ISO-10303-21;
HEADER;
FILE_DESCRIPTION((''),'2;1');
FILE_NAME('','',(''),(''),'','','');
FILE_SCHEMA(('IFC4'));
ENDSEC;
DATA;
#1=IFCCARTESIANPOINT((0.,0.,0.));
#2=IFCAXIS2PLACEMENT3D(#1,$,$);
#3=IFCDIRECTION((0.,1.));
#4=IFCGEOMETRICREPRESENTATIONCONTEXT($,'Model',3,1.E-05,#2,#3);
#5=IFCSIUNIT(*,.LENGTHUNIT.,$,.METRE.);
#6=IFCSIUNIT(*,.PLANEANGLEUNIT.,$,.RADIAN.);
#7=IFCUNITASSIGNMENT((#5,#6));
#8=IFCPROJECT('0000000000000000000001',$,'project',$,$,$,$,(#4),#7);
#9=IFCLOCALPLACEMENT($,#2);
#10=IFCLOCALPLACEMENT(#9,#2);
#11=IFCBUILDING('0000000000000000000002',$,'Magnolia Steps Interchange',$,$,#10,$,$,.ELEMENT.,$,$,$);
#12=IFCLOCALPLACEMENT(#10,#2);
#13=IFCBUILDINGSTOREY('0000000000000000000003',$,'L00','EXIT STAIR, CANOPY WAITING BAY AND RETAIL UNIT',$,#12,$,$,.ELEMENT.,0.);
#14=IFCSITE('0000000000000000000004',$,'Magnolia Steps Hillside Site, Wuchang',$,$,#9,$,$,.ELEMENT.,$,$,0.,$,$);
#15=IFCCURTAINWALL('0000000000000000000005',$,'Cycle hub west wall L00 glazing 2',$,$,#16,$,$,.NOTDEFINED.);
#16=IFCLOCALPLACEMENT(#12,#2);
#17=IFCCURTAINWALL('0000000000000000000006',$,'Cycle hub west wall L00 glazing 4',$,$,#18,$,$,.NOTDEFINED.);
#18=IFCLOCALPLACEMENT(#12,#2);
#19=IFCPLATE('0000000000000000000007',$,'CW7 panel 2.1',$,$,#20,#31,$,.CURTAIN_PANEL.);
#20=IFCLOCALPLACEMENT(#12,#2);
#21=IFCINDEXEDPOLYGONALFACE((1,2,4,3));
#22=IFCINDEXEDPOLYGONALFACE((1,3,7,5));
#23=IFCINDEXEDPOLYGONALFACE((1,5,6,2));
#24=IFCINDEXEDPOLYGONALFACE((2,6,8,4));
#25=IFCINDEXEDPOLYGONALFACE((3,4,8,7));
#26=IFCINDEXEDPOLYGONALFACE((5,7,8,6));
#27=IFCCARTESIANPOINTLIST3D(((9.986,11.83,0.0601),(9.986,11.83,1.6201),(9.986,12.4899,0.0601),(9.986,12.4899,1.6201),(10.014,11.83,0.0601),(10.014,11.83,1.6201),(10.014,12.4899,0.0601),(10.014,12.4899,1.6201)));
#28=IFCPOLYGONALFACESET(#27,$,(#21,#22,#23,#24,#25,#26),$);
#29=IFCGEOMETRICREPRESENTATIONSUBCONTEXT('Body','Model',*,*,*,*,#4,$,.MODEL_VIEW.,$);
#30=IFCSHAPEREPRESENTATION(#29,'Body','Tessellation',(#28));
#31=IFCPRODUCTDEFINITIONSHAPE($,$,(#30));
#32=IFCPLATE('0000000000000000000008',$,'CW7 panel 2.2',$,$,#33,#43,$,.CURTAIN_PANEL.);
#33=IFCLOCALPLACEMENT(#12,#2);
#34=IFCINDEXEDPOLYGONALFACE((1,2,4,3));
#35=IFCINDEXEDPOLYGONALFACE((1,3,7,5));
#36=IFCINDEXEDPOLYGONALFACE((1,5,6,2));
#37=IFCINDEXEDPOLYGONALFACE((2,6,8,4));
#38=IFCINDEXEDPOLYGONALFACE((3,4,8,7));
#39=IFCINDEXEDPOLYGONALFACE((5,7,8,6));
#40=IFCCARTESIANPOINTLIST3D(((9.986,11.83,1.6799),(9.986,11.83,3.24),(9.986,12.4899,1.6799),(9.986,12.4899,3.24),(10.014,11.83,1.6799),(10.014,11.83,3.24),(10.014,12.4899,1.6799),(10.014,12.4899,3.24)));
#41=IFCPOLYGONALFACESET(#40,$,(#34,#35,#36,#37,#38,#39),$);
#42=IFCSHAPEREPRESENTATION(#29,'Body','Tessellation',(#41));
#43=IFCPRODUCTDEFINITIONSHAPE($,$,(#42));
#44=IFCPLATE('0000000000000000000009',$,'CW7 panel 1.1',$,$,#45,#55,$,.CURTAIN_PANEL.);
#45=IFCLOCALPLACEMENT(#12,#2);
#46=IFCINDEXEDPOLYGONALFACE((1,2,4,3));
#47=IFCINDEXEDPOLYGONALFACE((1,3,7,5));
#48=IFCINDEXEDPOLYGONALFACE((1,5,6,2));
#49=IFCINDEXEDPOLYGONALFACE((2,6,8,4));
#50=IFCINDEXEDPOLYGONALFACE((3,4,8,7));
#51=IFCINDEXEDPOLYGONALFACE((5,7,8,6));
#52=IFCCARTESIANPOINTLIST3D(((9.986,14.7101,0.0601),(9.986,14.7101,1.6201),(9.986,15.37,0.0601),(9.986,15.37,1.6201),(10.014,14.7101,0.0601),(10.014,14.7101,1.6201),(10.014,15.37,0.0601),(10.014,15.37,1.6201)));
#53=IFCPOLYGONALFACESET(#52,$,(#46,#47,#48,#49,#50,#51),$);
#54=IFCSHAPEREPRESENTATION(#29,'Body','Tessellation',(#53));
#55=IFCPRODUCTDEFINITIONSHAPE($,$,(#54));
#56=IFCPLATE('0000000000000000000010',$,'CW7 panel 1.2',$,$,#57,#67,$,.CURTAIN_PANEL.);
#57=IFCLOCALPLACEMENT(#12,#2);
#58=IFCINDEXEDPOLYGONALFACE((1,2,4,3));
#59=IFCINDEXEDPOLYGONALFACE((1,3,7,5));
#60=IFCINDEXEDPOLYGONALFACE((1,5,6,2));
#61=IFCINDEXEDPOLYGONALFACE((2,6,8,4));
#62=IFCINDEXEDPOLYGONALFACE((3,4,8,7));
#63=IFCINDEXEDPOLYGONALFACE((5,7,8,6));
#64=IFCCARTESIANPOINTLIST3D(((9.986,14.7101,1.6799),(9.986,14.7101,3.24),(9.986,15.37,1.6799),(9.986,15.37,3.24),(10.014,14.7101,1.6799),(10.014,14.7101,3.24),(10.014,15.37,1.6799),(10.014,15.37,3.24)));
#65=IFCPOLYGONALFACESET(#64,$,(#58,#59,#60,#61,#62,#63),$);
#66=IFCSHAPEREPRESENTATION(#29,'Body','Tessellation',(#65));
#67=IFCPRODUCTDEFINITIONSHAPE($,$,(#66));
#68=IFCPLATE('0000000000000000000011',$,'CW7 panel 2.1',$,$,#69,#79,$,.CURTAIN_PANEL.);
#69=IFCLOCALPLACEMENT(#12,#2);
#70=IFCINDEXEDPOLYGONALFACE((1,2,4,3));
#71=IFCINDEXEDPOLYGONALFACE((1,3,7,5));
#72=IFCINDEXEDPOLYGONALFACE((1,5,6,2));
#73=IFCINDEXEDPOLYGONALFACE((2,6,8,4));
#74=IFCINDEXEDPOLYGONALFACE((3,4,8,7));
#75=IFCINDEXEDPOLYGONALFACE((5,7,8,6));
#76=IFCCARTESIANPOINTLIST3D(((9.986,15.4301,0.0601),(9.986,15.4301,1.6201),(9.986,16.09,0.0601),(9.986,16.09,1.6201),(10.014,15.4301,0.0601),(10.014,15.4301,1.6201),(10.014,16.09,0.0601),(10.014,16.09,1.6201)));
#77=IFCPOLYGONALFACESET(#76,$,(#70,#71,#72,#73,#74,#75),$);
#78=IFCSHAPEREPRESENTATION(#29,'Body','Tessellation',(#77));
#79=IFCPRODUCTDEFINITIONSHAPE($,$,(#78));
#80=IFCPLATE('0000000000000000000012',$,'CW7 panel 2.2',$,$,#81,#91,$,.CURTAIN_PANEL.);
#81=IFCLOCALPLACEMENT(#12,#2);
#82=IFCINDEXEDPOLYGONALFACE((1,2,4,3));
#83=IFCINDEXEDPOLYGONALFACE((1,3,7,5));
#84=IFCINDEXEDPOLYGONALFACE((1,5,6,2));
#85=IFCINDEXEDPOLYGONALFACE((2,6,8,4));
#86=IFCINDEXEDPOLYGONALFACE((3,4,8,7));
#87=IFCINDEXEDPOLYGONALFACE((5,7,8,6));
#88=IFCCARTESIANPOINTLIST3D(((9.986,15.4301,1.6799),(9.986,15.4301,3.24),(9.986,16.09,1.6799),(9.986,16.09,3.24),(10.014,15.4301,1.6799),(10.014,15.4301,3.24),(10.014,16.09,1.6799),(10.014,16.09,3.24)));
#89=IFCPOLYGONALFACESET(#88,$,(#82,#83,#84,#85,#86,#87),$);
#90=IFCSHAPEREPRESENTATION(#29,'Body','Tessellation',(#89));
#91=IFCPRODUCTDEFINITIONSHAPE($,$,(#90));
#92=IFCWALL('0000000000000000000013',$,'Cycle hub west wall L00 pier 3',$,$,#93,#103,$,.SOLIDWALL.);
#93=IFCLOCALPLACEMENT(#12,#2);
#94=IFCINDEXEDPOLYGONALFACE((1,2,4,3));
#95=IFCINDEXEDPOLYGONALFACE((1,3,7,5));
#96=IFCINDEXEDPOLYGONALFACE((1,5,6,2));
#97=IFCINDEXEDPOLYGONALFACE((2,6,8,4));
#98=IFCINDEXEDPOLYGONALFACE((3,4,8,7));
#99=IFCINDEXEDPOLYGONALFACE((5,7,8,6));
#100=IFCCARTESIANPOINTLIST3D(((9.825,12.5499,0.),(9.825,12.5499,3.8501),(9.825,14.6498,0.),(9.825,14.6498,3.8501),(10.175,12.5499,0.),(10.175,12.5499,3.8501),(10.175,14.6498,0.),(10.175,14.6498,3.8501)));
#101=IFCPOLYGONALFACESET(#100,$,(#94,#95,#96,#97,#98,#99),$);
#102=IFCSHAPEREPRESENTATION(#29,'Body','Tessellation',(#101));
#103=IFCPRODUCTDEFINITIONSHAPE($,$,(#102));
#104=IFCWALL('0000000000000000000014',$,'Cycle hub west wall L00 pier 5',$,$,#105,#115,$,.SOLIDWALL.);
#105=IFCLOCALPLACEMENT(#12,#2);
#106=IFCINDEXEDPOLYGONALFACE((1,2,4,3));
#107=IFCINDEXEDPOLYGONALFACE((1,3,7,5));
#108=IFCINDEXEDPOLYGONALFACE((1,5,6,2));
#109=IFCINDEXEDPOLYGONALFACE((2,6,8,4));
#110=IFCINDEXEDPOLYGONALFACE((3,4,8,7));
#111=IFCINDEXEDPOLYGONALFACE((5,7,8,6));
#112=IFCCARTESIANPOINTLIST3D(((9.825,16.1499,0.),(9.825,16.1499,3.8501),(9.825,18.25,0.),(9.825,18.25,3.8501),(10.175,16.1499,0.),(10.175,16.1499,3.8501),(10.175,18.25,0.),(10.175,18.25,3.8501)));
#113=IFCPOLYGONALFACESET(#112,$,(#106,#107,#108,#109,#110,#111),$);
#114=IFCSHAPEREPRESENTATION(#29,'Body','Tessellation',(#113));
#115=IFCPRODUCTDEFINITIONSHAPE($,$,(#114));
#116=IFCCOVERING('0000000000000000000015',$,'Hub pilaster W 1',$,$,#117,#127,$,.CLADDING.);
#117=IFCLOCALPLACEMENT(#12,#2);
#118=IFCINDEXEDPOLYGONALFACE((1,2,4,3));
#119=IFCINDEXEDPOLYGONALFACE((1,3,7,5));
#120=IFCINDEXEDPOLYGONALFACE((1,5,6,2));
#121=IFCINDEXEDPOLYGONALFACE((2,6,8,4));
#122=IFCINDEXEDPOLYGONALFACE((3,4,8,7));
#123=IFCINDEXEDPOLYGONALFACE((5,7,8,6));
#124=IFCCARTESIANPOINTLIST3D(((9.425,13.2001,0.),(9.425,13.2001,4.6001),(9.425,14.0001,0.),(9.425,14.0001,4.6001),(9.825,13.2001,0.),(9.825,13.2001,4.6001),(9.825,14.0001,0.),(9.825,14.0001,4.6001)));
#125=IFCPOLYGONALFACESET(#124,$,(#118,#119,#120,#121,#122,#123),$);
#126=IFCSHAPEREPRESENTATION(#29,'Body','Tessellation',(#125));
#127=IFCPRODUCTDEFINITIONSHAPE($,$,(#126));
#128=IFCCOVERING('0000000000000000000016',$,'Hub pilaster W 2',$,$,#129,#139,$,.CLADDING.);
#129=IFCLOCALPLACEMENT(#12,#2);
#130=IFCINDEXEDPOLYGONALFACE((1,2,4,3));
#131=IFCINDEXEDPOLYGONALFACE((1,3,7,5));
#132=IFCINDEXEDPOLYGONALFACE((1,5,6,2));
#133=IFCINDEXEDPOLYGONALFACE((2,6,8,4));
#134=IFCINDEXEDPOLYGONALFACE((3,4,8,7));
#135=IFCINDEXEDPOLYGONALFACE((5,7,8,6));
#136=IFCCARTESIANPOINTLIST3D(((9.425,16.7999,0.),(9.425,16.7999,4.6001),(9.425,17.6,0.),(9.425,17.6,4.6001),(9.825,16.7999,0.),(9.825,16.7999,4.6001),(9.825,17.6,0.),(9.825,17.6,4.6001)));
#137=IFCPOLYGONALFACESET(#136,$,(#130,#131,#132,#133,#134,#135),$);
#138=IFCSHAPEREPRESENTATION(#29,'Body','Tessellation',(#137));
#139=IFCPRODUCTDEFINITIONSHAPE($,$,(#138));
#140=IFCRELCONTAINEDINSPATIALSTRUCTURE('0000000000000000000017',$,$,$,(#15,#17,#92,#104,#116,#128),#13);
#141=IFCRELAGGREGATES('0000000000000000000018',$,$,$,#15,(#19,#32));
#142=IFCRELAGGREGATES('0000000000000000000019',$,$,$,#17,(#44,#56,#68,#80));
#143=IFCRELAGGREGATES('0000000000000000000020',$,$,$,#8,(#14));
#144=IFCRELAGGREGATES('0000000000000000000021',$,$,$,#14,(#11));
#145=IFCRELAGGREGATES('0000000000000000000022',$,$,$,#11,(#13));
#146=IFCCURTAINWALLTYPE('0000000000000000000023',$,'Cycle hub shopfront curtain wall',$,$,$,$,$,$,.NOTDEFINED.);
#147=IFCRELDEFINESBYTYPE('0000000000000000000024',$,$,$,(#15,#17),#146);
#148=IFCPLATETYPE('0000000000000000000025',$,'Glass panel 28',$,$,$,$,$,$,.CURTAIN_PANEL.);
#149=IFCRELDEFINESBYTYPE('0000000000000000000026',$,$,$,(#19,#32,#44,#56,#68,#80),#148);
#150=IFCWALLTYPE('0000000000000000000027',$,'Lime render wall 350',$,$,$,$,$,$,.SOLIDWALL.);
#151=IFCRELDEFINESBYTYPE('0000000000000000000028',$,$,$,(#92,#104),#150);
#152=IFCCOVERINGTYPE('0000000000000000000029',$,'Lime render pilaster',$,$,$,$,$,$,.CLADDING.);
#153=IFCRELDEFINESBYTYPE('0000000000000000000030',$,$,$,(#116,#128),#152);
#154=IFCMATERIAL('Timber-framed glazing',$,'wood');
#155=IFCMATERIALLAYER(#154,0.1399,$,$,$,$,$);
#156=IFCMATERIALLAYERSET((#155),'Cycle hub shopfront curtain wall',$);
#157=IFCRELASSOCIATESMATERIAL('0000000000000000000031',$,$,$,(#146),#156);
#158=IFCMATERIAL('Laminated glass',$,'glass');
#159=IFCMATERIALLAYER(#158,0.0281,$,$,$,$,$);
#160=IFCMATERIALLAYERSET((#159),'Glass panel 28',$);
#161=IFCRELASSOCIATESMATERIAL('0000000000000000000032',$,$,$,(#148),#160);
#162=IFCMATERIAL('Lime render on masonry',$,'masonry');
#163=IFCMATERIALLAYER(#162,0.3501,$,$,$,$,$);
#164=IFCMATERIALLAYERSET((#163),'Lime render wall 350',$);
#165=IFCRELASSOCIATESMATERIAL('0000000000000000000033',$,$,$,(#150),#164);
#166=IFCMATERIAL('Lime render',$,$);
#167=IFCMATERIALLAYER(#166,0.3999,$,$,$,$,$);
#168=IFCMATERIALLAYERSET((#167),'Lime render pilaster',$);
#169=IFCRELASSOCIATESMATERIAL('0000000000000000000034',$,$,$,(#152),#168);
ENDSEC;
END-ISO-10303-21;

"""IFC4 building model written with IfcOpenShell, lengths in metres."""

from ifc_helpers import new_model, si_unit, direction, frame, frame_2d, origin, origin_2d, place, context, subcontext, project, spatial, rectangle, extrude, material, layer, layer_set, type_object, element, aggregate, save


model = new_model("IFC4")

# Units and contexts
model_context = context("Model", 3, precision=1e-05, world=origin(), true_north=direction((0.0, 1.0)))
body_context = subcontext(model_context, "Body", "Model", "MODEL_VIEW")
ifc_project = project(units=[si_unit("LENGTHUNIT", "METRE"), si_unit("PLANEANGLEUNIT", "RADIAN")], contexts=[model_context])

# Site, building, storey
site_placement = place(None, origin())
site = spatial("IfcSite", under=ifc_project, at=site_placement, Name="Magnolia Steps Hillside Site, Wuchang", CompositionType="ELEMENT", RefElevation=0.0)
building_placement = place(site_placement, origin())
building = spatial("IfcBuilding", under=site, at=building_placement, Name="Magnolia Steps Interchange", CompositionType="ELEMENT")
storey_placement = place(building_placement, origin())
storey = spatial("IfcBuildingStorey", under=building, at=storey_placement, Name="L00", Description="EXIT STAIR, CANOPY WAITING BAY AND RETAIL UNIT", CompositionType="ELEMENT", Elevation=0.0)

# Curtain wall
ifc_material_1 = material(Name="Timber-framed glazing", Category="wood")
ifc_layer_1 = layer(ifc_material_1, 0.1399)
ifc_layer_set_1 = layer_set([ifc_layer_1], Name="Cycle hub shopfront curtain wall")
curtain_wall_type = type_object("IfcCurtainWallType", Name="Cycle hub shopfront curtain wall", PredefinedType="NOTDEFINED", material=ifc_layer_set_1)
curtain_wall_1_placement = place(storey_placement, origin())
curtain_wall_1 = element("IfcCurtainWall", 1, at=curtain_wall_1_placement, inside=storey, type_object=curtain_wall_type, Name="Cycle hub west wall L00 glazing 2", PredefinedType="NOTDEFINED")

# Curtain wall
curtain_wall_2_placement = place(storey_placement, origin())
curtain_wall_2 = element("IfcCurtainWall", 2, at=curtain_wall_2_placement, inside=storey, type_object=curtain_wall_type, Name="Cycle hub west wall L00 glazing 4", PredefinedType="NOTDEFINED")

# Plates
ifc_material_2 = material(Name="Laminated glass", Category="glass")
ifc_layer_2 = layer(ifc_material_2, 0.0281)
ifc_layer_set_2 = layer_set([ifc_layer_2], Name="Glass panel 28")
plate_type = type_object("IfcPlateType", Name="Glass panel 28", PredefinedType="CURTAIN_PANEL", material=ifc_layer_set_2)
plate_1_placement = place(storey_placement, frame((10.0, 12.1599, 0.0601), z_axis=(0.0, 0.0, 1.0), x_axis=(0.0, 1.0, 0.0)))
plate_1 = element("IfcPlate", 3, at=plate_1_placement, type_object=plate_type, Name="CW7 panel 2.1", PredefinedType="CURTAIN_PANEL", context=body_context, shape_type="SweptSolid", body=[
    extrude(rectangle(XDim=0.6599, YDim=0.0281, at=origin_2d()), origin(), (0.0, 0.0, 1.0), 1.5601),
])
plate_2_placement = place(storey_placement, frame((10.0, 12.1599, 1.6799), z_axis=(0.0, 0.0, 1.0), x_axis=(0.0, 1.0, 0.0)))
plate_2 = element("IfcPlate", 4, at=plate_2_placement, type_object=plate_type, Name="CW7 panel 2.2", PredefinedType="CURTAIN_PANEL", context=body_context, shape_type="SweptSolid", body=[
    extrude(rectangle(XDim=0.6599, YDim=0.0281, at=origin_2d()), origin(), (0.0, 0.0, 1.0), 1.5601),
])
aggregate(curtain_wall_1, [plate_1, plate_2])
plate_3_placement = place(storey_placement, frame((10.0, 15.04, 0.0601), z_axis=(0.0, 0.0, 1.0), x_axis=(0.0, 1.0, 0.0)))
plate_3 = element("IfcPlate", 5, at=plate_3_placement, type_object=plate_type, Name="CW7 panel 1.1", PredefinedType="CURTAIN_PANEL", context=body_context, shape_type="SweptSolid", body=[
    extrude(rectangle(XDim=0.6599, YDim=0.0281, at=origin_2d()), origin(), (0.0, 0.0, 1.0), 1.5601),
])
plate_4_placement = place(storey_placement, frame((10.0, 15.04, 1.6799), z_axis=(0.0, 0.0, 1.0), x_axis=(0.0, 1.0, 0.0)))
plate_4 = element("IfcPlate", 6, at=plate_4_placement, type_object=plate_type, Name="CW7 panel 1.2", PredefinedType="CURTAIN_PANEL", context=body_context, shape_type="SweptSolid", body=[
    extrude(rectangle(XDim=0.6599, YDim=0.0281, at=origin_2d()), origin(), (0.0, 0.0, 1.0), 1.5601),
])
plate_5_placement = place(storey_placement, frame((10.0, 15.76, 0.0601), z_axis=(0.0, 0.0, 1.0), x_axis=(0.0, 1.0, 0.0)))
plate_5 = element("IfcPlate", 7, at=plate_5_placement, type_object=plate_type, Name="CW7 panel 2.1", PredefinedType="CURTAIN_PANEL", context=body_context, shape_type="SweptSolid", body=[
    extrude(rectangle(XDim=0.6599, YDim=0.0281, at=origin_2d()), origin(), (0.0, 0.0, 1.0), 1.5601),
])
plate_6_placement = place(storey_placement, frame((10.0, 15.76, 1.6799), z_axis=(0.0, 0.0, 1.0), x_axis=(0.0, 1.0, 0.0)))
plate_6 = element("IfcPlate", 8, at=plate_6_placement, type_object=plate_type, Name="CW7 panel 2.2", PredefinedType="CURTAIN_PANEL", context=body_context, shape_type="SweptSolid", body=[
    extrude(rectangle(XDim=0.6599, YDim=0.0281, at=origin_2d()), origin(), (0.0, 0.0, 1.0), 1.5601),
])
aggregate(curtain_wall_2, [plate_3, plate_4, plate_5, plate_6])

# Walls
ifc_material_3 = material(Name="Lime render on masonry", Category="masonry")
ifc_layer_3 = layer(ifc_material_3, 0.3501)
ifc_layer_set_3 = layer_set([ifc_layer_3], Name="Lime render wall 350")
wall_type = type_object("IfcWallType", Name="Lime render wall 350", PredefinedType="SOLIDWALL", material=ifc_layer_set_3)
wall_1_placement = place(storey_placement, frame((10.0, 12.55, 0.0), z_axis=(0.0, 0.0, 1.0), x_axis=(0.0, 1.0, 0.0)))
element("IfcWall", 9, at=wall_1_placement, inside=storey, type_object=wall_type, Name="Cycle hub west wall L00 pier 3", PredefinedType="SOLIDWALL", context=body_context, shape_type="SweptSolid", body=[
    extrude(rectangle(XDim=2.0999, YDim=0.3501, at=frame_2d((1.0498, 0.0))), origin(), (0.0, 0.0, 1.0), 3.8501),
])
wall_2_placement = place(storey_placement, frame((10.0, 16.1499, 0.0), z_axis=(0.0, 0.0, 1.0), x_axis=(0.0, 1.0, 0.0)))
element("IfcWall", 10, at=wall_2_placement, inside=storey, type_object=wall_type, Name="Cycle hub west wall L00 pier 5", PredefinedType="SOLIDWALL", context=body_context, shape_type="SweptSolid", body=[
    extrude(rectangle(XDim=2.1001, YDim=0.3501, at=frame_2d((1.05, 0.0))), origin(), (0.0, 0.0, 1.0), 3.8501),
])

# Coverings
ifc_material_4 = material(Name="Lime render")
ifc_layer_4 = layer(ifc_material_4, 0.3999)
ifc_layer_set_4 = layer_set([ifc_layer_4], Name="Lime render pilaster")
covering_type_1 = type_object("IfcCoveringType", Name="Lime render pilaster", PredefinedType="CLADDING", material=ifc_layer_set_4)
for number, where, z_axis, x_axis, name in (
    (11, (9.625, 13.6001, 0.0), (0.0, 0.0, 1.0), (1.0, 0.0, 0.0), "Hub pilaster W 1"),
    (12, (9.625, 17.2, 0.0), (0.0, 0.0, 1.0), (1.0, 0.0, 0.0), "Hub pilaster W 2"),
):
    element("IfcCovering", number, at=place(storey_placement, frame(where, z_axis=z_axis, x_axis=x_axis)), inside=storey, type_object=covering_type_1, Name=name, PredefinedType="CLADDING", context=body_context, shape_type="SweptSolid", body=[
        extrude(rectangle(XDim=0.3999, YDim=0.8, at=origin_2d()), origin(), (0.0, 0.0, 1.0), 4.6001),
    ])

save(model, "model.ifc")
